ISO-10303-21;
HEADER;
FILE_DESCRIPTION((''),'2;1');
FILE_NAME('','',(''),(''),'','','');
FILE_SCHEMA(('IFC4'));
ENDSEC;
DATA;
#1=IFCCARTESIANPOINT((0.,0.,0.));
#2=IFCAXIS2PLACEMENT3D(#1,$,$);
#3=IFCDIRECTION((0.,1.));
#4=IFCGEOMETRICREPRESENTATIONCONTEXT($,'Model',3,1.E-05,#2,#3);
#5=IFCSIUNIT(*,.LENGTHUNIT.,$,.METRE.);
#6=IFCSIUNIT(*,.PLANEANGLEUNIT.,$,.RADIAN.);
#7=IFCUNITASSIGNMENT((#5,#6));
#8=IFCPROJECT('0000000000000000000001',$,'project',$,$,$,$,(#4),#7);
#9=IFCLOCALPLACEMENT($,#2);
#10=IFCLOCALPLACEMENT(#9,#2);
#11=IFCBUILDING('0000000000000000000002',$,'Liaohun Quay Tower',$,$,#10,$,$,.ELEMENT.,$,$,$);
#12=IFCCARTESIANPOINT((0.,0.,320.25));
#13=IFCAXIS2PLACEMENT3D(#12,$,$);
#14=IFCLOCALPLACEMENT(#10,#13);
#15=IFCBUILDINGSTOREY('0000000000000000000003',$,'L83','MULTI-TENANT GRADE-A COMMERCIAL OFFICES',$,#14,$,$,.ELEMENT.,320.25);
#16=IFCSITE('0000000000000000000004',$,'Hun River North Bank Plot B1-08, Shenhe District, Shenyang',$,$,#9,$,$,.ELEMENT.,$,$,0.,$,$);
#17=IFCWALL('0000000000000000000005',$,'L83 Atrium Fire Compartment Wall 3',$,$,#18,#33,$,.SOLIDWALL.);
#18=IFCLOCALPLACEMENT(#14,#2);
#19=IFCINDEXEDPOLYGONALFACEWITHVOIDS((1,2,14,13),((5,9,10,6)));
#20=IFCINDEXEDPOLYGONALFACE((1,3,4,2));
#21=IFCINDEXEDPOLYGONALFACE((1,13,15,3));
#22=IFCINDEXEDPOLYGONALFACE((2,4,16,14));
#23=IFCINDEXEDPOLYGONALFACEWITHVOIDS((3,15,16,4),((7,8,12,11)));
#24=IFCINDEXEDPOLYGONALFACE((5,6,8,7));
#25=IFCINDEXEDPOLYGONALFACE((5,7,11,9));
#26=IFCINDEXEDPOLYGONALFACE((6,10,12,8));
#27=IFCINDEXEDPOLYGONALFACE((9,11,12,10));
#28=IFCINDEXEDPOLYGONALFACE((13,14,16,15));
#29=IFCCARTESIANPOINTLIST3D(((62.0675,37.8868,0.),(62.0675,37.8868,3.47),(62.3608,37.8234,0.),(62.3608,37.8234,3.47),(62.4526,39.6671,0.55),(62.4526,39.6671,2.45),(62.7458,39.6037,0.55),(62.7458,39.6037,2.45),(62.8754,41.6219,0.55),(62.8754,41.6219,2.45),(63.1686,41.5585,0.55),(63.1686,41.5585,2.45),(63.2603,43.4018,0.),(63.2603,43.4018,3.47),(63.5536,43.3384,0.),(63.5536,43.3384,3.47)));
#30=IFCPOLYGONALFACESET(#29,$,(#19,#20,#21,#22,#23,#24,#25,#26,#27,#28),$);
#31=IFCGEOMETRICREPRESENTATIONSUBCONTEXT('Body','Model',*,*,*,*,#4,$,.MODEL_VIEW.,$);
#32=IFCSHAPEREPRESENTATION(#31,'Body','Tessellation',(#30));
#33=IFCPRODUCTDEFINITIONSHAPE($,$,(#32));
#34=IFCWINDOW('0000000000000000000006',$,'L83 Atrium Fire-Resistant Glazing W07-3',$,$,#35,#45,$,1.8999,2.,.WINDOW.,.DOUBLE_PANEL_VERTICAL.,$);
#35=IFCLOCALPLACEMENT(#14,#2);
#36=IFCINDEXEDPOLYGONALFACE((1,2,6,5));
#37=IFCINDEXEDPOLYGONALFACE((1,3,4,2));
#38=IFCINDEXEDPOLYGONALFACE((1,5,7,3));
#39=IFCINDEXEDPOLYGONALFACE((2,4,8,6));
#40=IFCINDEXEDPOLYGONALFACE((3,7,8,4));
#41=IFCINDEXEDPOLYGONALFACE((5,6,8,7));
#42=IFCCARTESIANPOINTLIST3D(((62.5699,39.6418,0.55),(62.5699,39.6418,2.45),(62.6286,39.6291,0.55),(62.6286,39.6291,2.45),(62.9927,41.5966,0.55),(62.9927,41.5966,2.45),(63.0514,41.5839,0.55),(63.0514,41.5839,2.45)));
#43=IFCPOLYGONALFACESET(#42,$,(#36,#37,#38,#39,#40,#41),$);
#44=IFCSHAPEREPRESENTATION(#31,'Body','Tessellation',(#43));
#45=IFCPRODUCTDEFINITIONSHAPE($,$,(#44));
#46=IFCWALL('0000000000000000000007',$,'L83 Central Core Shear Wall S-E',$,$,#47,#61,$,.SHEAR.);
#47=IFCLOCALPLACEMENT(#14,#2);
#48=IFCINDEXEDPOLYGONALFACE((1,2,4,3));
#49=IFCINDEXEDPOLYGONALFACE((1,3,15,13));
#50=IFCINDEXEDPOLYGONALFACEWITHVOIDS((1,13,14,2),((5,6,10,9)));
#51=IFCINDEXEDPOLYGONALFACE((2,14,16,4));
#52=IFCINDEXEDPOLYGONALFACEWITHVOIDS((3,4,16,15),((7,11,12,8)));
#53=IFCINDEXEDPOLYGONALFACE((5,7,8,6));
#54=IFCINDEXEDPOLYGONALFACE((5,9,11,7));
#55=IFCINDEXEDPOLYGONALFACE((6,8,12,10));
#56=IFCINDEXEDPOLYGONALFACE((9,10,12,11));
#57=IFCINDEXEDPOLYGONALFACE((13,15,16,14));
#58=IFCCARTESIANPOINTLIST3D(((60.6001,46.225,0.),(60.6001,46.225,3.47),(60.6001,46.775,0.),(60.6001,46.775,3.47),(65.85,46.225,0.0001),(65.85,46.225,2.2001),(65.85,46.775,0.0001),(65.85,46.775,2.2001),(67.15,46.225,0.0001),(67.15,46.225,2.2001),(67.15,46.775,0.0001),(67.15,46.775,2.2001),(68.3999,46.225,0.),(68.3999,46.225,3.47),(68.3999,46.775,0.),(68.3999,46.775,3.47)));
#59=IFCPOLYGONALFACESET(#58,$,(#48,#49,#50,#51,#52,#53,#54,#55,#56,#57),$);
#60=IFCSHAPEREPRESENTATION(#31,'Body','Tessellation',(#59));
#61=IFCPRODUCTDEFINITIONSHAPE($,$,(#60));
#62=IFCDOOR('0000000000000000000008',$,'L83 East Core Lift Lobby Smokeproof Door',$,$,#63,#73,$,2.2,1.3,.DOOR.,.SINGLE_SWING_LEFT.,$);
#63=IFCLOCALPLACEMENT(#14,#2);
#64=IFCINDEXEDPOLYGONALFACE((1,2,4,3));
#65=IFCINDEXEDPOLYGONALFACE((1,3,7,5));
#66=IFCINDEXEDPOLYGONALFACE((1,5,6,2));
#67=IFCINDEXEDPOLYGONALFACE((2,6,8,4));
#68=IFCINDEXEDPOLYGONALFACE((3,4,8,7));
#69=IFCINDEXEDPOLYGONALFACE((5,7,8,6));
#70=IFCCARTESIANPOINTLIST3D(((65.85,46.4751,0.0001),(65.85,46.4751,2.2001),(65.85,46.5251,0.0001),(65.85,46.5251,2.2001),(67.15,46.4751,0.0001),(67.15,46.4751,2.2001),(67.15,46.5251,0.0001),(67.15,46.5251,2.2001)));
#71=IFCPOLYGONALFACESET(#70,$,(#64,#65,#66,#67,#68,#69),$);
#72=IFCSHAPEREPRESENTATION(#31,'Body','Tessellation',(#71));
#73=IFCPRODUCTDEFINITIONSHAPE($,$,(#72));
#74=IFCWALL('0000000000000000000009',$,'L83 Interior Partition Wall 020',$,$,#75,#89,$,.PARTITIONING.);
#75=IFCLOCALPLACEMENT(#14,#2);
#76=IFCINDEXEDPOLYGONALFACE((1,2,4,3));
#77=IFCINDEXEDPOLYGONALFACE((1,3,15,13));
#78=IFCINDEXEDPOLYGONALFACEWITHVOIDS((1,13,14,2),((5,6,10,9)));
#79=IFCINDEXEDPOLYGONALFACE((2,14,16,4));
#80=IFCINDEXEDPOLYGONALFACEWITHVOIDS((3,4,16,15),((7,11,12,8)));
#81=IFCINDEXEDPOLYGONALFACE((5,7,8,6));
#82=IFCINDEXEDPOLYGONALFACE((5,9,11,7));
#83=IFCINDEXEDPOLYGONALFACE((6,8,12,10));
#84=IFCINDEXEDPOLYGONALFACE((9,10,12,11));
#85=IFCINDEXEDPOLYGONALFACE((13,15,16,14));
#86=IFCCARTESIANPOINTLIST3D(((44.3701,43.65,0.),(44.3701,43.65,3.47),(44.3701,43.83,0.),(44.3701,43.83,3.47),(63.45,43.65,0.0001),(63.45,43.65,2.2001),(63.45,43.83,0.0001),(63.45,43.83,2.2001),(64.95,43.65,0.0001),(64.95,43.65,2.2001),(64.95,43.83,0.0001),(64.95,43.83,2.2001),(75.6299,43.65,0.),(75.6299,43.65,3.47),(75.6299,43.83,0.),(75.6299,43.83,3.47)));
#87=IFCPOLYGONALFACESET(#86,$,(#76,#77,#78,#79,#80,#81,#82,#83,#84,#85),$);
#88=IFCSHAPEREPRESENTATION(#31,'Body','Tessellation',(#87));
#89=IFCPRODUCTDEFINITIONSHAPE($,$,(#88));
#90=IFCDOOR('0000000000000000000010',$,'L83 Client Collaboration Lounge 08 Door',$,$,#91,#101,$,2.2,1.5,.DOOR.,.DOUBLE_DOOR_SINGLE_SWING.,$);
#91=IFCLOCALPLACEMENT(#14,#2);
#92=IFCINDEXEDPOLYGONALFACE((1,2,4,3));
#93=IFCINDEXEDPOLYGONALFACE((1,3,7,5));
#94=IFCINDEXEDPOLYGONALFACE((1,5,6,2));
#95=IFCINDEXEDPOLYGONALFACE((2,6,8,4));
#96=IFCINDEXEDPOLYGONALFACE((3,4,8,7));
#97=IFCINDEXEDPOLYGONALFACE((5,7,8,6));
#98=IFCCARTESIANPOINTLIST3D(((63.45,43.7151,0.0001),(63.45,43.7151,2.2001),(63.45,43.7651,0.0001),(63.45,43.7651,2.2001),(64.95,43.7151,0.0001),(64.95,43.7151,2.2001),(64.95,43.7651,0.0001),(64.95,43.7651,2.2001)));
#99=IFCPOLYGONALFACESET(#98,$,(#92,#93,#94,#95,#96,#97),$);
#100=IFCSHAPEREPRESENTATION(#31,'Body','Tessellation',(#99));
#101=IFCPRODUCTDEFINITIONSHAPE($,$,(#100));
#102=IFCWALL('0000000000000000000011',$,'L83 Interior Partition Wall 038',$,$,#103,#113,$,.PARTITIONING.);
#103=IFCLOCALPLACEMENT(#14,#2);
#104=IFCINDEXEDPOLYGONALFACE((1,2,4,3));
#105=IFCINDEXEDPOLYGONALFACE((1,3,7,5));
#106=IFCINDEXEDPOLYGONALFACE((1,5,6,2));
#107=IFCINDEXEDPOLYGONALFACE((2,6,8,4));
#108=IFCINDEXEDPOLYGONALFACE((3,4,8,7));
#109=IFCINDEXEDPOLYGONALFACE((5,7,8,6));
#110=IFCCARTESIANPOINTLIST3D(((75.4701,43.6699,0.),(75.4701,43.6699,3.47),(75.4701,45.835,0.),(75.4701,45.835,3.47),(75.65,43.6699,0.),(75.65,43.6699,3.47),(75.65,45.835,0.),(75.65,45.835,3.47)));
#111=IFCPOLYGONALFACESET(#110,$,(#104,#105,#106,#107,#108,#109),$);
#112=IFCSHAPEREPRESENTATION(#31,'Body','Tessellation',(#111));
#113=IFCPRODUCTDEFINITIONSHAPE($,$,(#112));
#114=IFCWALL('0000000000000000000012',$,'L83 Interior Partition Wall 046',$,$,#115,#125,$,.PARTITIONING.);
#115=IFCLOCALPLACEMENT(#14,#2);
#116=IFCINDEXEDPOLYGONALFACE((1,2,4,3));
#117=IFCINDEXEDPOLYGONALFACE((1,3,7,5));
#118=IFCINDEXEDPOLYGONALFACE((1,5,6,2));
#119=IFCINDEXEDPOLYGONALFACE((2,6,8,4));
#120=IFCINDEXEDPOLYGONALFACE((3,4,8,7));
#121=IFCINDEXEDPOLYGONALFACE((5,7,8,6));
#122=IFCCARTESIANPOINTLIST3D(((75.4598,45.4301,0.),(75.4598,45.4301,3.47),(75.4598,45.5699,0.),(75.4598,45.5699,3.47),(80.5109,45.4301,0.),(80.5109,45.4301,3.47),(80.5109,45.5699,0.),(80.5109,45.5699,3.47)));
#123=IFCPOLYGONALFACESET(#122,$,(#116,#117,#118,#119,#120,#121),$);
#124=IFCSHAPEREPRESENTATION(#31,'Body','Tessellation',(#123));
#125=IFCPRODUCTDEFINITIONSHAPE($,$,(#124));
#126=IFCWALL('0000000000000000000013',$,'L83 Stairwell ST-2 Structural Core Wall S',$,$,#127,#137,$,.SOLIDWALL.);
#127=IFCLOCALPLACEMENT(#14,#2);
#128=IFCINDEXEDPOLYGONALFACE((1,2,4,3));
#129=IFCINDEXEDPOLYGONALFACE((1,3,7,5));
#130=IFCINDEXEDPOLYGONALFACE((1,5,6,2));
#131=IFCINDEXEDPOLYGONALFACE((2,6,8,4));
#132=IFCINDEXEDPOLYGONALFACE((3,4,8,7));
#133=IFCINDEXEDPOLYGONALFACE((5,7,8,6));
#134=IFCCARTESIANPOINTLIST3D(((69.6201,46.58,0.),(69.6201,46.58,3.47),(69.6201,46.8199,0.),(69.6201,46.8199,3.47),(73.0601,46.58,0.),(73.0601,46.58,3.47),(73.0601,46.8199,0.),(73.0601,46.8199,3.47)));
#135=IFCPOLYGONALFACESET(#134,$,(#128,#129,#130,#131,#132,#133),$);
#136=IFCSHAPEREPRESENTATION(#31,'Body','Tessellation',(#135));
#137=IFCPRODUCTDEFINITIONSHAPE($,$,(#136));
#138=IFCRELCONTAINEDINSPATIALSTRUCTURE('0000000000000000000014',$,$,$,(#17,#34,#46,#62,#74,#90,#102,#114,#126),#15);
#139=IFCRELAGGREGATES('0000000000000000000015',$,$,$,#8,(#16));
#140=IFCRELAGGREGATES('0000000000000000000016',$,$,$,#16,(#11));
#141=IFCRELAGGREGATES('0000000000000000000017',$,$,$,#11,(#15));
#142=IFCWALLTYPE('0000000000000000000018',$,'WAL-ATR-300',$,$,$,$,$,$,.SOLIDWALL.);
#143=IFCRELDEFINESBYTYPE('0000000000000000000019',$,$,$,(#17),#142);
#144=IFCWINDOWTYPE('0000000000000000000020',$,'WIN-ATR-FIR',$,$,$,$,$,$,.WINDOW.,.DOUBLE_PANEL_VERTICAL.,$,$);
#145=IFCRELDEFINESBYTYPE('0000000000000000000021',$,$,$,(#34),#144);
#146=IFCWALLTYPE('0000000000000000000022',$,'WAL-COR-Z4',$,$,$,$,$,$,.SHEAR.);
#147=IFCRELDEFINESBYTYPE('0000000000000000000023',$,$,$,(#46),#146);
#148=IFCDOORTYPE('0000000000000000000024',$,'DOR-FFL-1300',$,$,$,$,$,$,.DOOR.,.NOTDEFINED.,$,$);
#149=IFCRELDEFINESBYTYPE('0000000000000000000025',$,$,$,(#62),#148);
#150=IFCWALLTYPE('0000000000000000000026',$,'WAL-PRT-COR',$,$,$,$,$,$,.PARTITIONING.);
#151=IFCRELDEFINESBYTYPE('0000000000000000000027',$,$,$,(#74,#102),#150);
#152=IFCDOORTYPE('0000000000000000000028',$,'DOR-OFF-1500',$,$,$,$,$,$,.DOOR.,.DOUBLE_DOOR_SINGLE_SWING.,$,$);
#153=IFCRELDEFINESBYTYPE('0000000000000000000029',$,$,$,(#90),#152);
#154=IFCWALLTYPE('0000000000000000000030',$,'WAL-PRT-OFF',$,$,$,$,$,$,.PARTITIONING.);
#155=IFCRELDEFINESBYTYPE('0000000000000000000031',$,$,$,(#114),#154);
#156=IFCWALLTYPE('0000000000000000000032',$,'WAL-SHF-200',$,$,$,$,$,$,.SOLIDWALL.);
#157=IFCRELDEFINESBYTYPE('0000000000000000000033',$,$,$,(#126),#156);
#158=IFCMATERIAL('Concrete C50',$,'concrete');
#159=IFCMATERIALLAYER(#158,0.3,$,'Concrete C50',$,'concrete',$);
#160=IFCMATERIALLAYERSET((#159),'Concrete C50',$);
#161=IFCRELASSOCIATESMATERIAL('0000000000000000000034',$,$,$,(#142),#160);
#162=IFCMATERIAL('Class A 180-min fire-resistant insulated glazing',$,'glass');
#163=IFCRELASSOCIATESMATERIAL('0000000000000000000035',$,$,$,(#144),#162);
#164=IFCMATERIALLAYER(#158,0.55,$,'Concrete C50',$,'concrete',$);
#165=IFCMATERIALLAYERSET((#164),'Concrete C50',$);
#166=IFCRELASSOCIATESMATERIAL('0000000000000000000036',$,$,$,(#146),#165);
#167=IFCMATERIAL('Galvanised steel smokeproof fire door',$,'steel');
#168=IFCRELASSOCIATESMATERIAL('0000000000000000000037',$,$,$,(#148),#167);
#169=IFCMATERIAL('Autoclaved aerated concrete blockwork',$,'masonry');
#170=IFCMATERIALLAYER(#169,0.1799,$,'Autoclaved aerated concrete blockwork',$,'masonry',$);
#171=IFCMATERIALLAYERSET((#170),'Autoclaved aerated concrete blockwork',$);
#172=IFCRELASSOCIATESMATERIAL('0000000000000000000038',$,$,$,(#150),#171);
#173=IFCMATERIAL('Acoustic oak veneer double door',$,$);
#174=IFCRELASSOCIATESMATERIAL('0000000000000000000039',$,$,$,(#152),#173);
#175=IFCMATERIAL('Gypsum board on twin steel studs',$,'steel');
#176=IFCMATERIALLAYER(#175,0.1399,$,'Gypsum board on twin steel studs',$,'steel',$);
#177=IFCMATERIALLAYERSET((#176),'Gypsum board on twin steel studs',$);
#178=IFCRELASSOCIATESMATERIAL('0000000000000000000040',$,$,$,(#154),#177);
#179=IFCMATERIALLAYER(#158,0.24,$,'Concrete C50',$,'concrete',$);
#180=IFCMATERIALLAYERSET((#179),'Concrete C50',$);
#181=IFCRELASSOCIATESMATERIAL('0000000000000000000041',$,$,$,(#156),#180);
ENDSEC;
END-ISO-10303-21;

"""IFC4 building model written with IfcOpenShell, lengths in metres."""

from ifc_helpers import new_model, si_unit, direction, frame, frame_2d, origin, place, context, subcontext, project, spatial, rectangle, extrude, source, transform, mapped, material, layer, layer_set, type_object, element, fill, save


model = new_model("IFC4")

# Units and contexts
model_context = context("Model", 3, precision=1e-05, world=origin(), true_north=direction((0.0, 1.0)))
body_context = subcontext(model_context, "Body", "Model", "MODEL_VIEW")
ifc_project = project(units=[si_unit("LENGTHUNIT", "METRE"), si_unit("PLANEANGLEUNIT", "RADIAN")], contexts=[model_context])

# Site, building, storey
site_placement = place(None, origin())
site = spatial("IfcSite", under=ifc_project, at=site_placement, Name="Hun River North Bank Plot B1-08, Shenhe District, Shenyang", CompositionType="ELEMENT", RefElevation=0.0)
building_placement = place(site_placement, origin())
building = spatial("IfcBuilding", under=site, at=building_placement, Name="Liaohun Quay Tower", CompositionType="ELEMENT")
storey_placement = place(building_placement, frame((0.0, 0.0, 320.25)))
storey = spatial("IfcBuildingStorey", under=building, at=storey_placement, Name="L83", Description="MULTI-TENANT GRADE-A COMMERCIAL OFFICES", CompositionType="ELEMENT", Elevation=320.25)

# Shared definitions
ifc_material_1 = material(Name="Concrete C50", Category="concrete")

# Wall, opening, window
ifc_layer_1 = layer(ifc_material_1, 0.3, Name="Concrete C50", Category="concrete")
ifc_layer_set_1 = layer_set([ifc_layer_1], Name="Concrete C50")
wall_type_1 = type_object("IfcWallType", Name="WAL-ATR-300", PredefinedType="SOLIDWALL", material=ifc_layer_set_1)
wall_1_placement = place(storey_placement, frame((63.407, 43.3701, 0.0), z_axis=(0.0, 0.0, 1.0), x_axis=(-0.211402, -0.977399, 0.0)))
wall_1 = element("IfcWall", 1, at=wall_1_placement, inside=storey, type_object=wall_type_1, Name="L83 Atrium Fire Compartment Wall 3", PredefinedType="SOLIDWALL", context=body_context, shape_type="SweptSolid", body=[
    extrude(rectangle(XDim=5.6426, YDim=0.3, at=frame_2d((2.8213, 0.0))), origin(), (0.0, 0.0, 1.0), 3.47),
])
shared_shape_1 = source(origin(), body_context, "Body", "SweptSolid", [
    extrude(rectangle(XDim=2.0, YDim=1.8999, at=frame_2d((1.0, 0.95))), frame((0.0, 0.1599, 0.0), z_axis=(0.0, -1.0, 0.0), x_axis=(1.0, 0.0, 0.0)), (0.0, 0.0, 1.0), 0.3201),
])
opening_1_placement = place(wall_1_placement, frame((1.821, 0.0, 0.55)))
opening_1 = element("IfcOpeningElement", 2, at=opening_1_placement, cuts=wall_1, PredefinedType="OPENING", context=body_context, shape_type="MappedRepresentation", body=[
    mapped(shared_shape_1, transform((0.0, 0.0, 0.0), x_axis=(1.0, 0.0, 0.0), y_axis=(0.0, 1.0, 0.0), z_axis=(0.0, 0.0, 1.0), scale=1.0)),
])
ifc_material_2 = material(Name="Class A 180-min fire-resistant insulated glazing", Category="glass")
window_type = type_object("IfcWindowType", Name="WIN-ATR-FIR", PartitioningType="DOUBLE_PANEL_VERTICAL", PredefinedType="WINDOW", material=ifc_material_2)
shared_shape_2 = source(origin(), body_context, "Body", "SweptSolid", [
    extrude(rectangle(XDim=2.0, YDim=1.8999, at=frame_2d((1.0, 0.95))), frame((0.0, 0.03, 0.0), z_axis=(0.0, -1.0, 0.0), x_axis=(1.0, 0.0, 0.0)), (0.0, 0.0, 1.0), 0.0601),
])
window_placement = place(opening_1_placement, origin())
window = element("IfcWindow", 3, at=window_placement, inside=storey, type_object=window_type, Name="L83 Atrium Fire-Resistant Glazing W07-3", OverallHeight=1.8999, OverallWidth=2.0, PartitioningType="DOUBLE_PANEL_VERTICAL", PredefinedType="WINDOW", context=body_context, shape_type="MappedRepresentation", body=[
    mapped(shared_shape_2, transform((0.0, 0.0, 0.0), x_axis=(1.0, 0.0, 0.0), y_axis=(0.0, 1.0, 0.0), z_axis=(0.0, 0.0, 1.0), scale=1.0)),
])
fill(opening_1, window)

# Walls, openings, doors
ifc_layer_2 = layer(ifc_material_1, 0.55, Name="Concrete C50", Category="concrete")
ifc_layer_set_2 = layer_set([ifc_layer_2], Name="Concrete C50")
wall_type_2 = type_object("IfcWallType", Name="WAL-COR-Z4", PredefinedType="SHEAR", material=ifc_layer_set_2)
wall_2_placement = place(storey_placement, frame((68.3999, 46.5, 0.0), z_axis=(0.0, 0.0, 1.0), x_axis=(-1.0, 0.0, 0.0)))
wall_2 = element("IfcWall", 4, at=wall_2_placement, inside=storey, type_object=wall_type_2, Name="L83 Central Core Shear Wall S-E", PredefinedType="SHEAR", context=body_context, shape_type="SweptSolid", body=[
    extrude(rectangle(XDim=7.7998, YDim=0.55, at=frame_2d((3.8999, 0.0))), origin(), (0.0, 0.0, 1.0), 3.47),
])
shared_shape_3 = source(origin(), body_context, "Body", "SweptSolid", [
    extrude(rectangle(XDim=1.3, YDim=2.2, at=frame_2d((0.6499, 1.1001))), frame((0.0, 0.2849, 0.0), z_axis=(0.0, -1.0, 0.0), x_axis=(1.0, 0.0, 0.0)), (0.0, 0.0, 1.0), 0.5701),
])
opening_2_placement = place(wall_2_placement, frame((1.25, 0.0, 0.0)))
opening_2 = element("IfcOpeningElement", 5, at=opening_2_placement, cuts=wall_2, PredefinedType="OPENING", context=body_context, shape_type="MappedRepresentation", body=[
    mapped(shared_shape_3, transform((0.0, 0.0, 0.0), x_axis=(1.0, 0.0, 0.0), y_axis=(0.0, 1.0, 0.0), z_axis=(0.0, 0.0, 1.0), scale=1.0)),
])
ifc_material_3 = material(Name="Galvanised steel smokeproof fire door", Category="steel")
door_type_1 = type_object("IfcDoorType", Name="DOR-FFL-1300", OperationType="NOTDEFINED", PredefinedType="DOOR", material=ifc_material_3)
shared_shape_4 = source(origin(), body_context, "Body", "SweptSolid", [
    extrude(rectangle(XDim=1.3, YDim=2.2, at=frame_2d((0.6499, 1.1001))), frame((0.0, 0.0249, 0.0), z_axis=(0.0, -1.0, 0.0), x_axis=(1.0, 0.0, 0.0)), (0.0, 0.0, 1.0), 0.05),
])
door_1_placement = place(opening_2_placement, origin())
door_1 = element("IfcDoor", 6, at=door_1_placement, inside=storey, type_object=door_type_1, Name="L83 East Core Lift Lobby Smokeproof Door", OperationType="SINGLE_SWING_LEFT", OverallHeight=2.2, OverallWidth=1.3, PredefinedType="DOOR", context=body_context, shape_type="MappedRepresentation", body=[
    mapped(shared_shape_4, transform((0.0, 0.0, 0.0), x_axis=(1.0, 0.0, 0.0), y_axis=(0.0, 1.0, 0.0), z_axis=(0.0, 0.0, 1.0), scale=1.0)),
])
fill(opening_2, door_1)
ifc_material_4 = material(Name="Autoclaved aerated concrete blockwork", Category="masonry")
ifc_layer_3 = layer(ifc_material_4, 0.1799, Name="Autoclaved aerated concrete blockwork", Category="masonry")
ifc_layer_set_3 = layer_set([ifc_layer_3], Name="Autoclaved aerated concrete blockwork")
wall_type_3 = type_object("IfcWallType", Name="WAL-PRT-COR", PredefinedType="PARTITIONING", material=ifc_layer_set_3)
wall_3_placement = place(storey_placement, frame((75.6299, 43.74, 0.0), z_axis=(0.0, 0.0, 1.0), x_axis=(-1.0, 0.0, 0.0)))
wall_3 = element("IfcWall", 7, at=wall_3_placement, inside=storey, type_object=wall_type_3, Name="L83 Interior Partition Wall 020", PredefinedType="PARTITIONING", context=body_context, shape_type="SweptSolid", body=[
    extrude(rectangle(XDim=31.2598, YDim=0.1799, at=frame_2d((15.6299, 0.0))), origin(), (0.0, 0.0, 1.0), 3.47),
])
shared_shape_5 = source(origin(), body_context, "Body", "SweptSolid", [
    extrude(rectangle(XDim=1.5, YDim=2.2, at=frame_2d((0.75, 1.1001))), frame((0.0, 0.0999, 0.0), z_axis=(0.0, -1.0, 0.0), x_axis=(1.0, 0.0, 0.0)), (0.0, 0.0, 1.0), 0.2),
])
opening_3_placement = place(wall_3_placement, frame((10.6799, 0.0, 0.0)))
opening_3 = element("IfcOpeningElement", 8, at=opening_3_placement, cuts=wall_3, PredefinedType="OPENING", context=body_context, shape_type="MappedRepresentation", body=[
    mapped(shared_shape_5, transform((0.0, 0.0, 0.0), x_axis=(1.0, 0.0, 0.0), y_axis=(0.0, 1.0, 0.0), z_axis=(0.0, 0.0, 1.0), scale=1.0)),
])
ifc_material_5 = material(Name="Acoustic oak veneer double door")
door_type_2 = type_object("IfcDoorType", Name="DOR-OFF-1500", OperationType="DOUBLE_DOOR_SINGLE_SWING", PredefinedType="DOOR", material=ifc_material_5)
shared_shape_6 = source(origin(), body_context, "Body", "SweptSolid", [
    extrude(rectangle(XDim=1.5, YDim=2.2, at=frame_2d((0.75, 1.1001))), frame((0.0, 0.0249, 0.0), z_axis=(0.0, -1.0, 0.0), x_axis=(1.0, 0.0, 0.0)), (0.0, 0.0, 1.0), 0.05),
])
door_2_placement = place(opening_3_placement, origin())
door_2 = element("IfcDoor", 9, at=door_2_placement, inside=storey, type_object=door_type_2, Name="L83 Client Collaboration Lounge 08 Door", OperationType="DOUBLE_DOOR_SINGLE_SWING", OverallHeight=2.2, OverallWidth=1.5, PredefinedType="DOOR", context=body_context, shape_type="MappedRepresentation", body=[
    mapped(shared_shape_6, transform((0.0, 0.0, 0.0), x_axis=(1.0, 0.0, 0.0), y_axis=(0.0, 1.0, 0.0), z_axis=(0.0, 0.0, 1.0), scale=1.0)),
])
fill(opening_3, door_2)

# Walls
wall_4_placement = place(storey_placement, frame((75.5601, 45.835, 0.0), z_axis=(0.0, 0.0, 1.0), x_axis=(0.0, -1.0, 0.0)))
element("IfcWall", 10, at=wall_4_placement, inside=storey, type_object=wall_type_3, Name="L83 Interior Partition Wall 038", PredefinedType="PARTITIONING", context=body_context, shape_type="SweptSolid", body=[
    extrude(rectangle(XDim=2.165, YDim=0.1799, at=frame_2d((1.0825, 0.0))), origin(), (0.0, 0.0, 1.0), 3.47),
])
ifc_material_6 = material(Name="Gypsum board on twin steel studs", Category="steel")
ifc_layer_4 = layer(ifc_material_6, 0.1399, Name="Gypsum board on twin steel studs", Category="steel")
ifc_layer_set_4 = layer_set([ifc_layer_4], Name="Gypsum board on twin steel studs")
wall_type_4 = type_object("IfcWallType", Name="WAL-PRT-OFF", PredefinedType="PARTITIONING", material=ifc_layer_set_4)
wall_5_placement = place(storey_placement, frame((75.46, 45.5, 0.0), z_axis=(0.0, 0.0, 1.0), x_axis=(1.0, 0.0, 0.0)))
element("IfcWall", 11, at=wall_5_placement, inside=storey, type_object=wall_type_4, Name="L83 Interior Partition Wall 046", PredefinedType="PARTITIONING", context=body_context, shape_type="SweptSolid", body=[
    extrude(rectangle(XDim=5.051, YDim=0.1399, at=frame_2d((2.5254, 0.0))), origin(), (0.0, 0.0, 1.0), 3.47),
])
ifc_layer_5 = layer(ifc_material_1, 0.24, Name="Concrete C50", Category="concrete")
ifc_layer_set_5 = layer_set([ifc_layer_5], Name="Concrete C50")
wall_type_5 = type_object("IfcWallType", Name="WAL-SHF-200", PredefinedType="SOLIDWALL", material=ifc_layer_set_5)
wall_6_placement = place(storey_placement, frame((69.6201, 46.7, 0.0), z_axis=(0.0, 0.0, 1.0), x_axis=(1.0, 0.0, 0.0)))
element("IfcWall", 12, at=wall_6_placement, inside=storey, type_object=wall_type_5, Name="L83 Stairwell ST-2 Structural Core Wall S", PredefinedType="SOLIDWALL", context=body_context, shape_type="SweptSolid", body=[
    extrude(rectangle(XDim=3.4399, YDim=0.24, at=frame_2d((1.72, 0.0))), origin(), (0.0, 0.0, 1.0), 3.47),
])

save(model, "model.ifc")
